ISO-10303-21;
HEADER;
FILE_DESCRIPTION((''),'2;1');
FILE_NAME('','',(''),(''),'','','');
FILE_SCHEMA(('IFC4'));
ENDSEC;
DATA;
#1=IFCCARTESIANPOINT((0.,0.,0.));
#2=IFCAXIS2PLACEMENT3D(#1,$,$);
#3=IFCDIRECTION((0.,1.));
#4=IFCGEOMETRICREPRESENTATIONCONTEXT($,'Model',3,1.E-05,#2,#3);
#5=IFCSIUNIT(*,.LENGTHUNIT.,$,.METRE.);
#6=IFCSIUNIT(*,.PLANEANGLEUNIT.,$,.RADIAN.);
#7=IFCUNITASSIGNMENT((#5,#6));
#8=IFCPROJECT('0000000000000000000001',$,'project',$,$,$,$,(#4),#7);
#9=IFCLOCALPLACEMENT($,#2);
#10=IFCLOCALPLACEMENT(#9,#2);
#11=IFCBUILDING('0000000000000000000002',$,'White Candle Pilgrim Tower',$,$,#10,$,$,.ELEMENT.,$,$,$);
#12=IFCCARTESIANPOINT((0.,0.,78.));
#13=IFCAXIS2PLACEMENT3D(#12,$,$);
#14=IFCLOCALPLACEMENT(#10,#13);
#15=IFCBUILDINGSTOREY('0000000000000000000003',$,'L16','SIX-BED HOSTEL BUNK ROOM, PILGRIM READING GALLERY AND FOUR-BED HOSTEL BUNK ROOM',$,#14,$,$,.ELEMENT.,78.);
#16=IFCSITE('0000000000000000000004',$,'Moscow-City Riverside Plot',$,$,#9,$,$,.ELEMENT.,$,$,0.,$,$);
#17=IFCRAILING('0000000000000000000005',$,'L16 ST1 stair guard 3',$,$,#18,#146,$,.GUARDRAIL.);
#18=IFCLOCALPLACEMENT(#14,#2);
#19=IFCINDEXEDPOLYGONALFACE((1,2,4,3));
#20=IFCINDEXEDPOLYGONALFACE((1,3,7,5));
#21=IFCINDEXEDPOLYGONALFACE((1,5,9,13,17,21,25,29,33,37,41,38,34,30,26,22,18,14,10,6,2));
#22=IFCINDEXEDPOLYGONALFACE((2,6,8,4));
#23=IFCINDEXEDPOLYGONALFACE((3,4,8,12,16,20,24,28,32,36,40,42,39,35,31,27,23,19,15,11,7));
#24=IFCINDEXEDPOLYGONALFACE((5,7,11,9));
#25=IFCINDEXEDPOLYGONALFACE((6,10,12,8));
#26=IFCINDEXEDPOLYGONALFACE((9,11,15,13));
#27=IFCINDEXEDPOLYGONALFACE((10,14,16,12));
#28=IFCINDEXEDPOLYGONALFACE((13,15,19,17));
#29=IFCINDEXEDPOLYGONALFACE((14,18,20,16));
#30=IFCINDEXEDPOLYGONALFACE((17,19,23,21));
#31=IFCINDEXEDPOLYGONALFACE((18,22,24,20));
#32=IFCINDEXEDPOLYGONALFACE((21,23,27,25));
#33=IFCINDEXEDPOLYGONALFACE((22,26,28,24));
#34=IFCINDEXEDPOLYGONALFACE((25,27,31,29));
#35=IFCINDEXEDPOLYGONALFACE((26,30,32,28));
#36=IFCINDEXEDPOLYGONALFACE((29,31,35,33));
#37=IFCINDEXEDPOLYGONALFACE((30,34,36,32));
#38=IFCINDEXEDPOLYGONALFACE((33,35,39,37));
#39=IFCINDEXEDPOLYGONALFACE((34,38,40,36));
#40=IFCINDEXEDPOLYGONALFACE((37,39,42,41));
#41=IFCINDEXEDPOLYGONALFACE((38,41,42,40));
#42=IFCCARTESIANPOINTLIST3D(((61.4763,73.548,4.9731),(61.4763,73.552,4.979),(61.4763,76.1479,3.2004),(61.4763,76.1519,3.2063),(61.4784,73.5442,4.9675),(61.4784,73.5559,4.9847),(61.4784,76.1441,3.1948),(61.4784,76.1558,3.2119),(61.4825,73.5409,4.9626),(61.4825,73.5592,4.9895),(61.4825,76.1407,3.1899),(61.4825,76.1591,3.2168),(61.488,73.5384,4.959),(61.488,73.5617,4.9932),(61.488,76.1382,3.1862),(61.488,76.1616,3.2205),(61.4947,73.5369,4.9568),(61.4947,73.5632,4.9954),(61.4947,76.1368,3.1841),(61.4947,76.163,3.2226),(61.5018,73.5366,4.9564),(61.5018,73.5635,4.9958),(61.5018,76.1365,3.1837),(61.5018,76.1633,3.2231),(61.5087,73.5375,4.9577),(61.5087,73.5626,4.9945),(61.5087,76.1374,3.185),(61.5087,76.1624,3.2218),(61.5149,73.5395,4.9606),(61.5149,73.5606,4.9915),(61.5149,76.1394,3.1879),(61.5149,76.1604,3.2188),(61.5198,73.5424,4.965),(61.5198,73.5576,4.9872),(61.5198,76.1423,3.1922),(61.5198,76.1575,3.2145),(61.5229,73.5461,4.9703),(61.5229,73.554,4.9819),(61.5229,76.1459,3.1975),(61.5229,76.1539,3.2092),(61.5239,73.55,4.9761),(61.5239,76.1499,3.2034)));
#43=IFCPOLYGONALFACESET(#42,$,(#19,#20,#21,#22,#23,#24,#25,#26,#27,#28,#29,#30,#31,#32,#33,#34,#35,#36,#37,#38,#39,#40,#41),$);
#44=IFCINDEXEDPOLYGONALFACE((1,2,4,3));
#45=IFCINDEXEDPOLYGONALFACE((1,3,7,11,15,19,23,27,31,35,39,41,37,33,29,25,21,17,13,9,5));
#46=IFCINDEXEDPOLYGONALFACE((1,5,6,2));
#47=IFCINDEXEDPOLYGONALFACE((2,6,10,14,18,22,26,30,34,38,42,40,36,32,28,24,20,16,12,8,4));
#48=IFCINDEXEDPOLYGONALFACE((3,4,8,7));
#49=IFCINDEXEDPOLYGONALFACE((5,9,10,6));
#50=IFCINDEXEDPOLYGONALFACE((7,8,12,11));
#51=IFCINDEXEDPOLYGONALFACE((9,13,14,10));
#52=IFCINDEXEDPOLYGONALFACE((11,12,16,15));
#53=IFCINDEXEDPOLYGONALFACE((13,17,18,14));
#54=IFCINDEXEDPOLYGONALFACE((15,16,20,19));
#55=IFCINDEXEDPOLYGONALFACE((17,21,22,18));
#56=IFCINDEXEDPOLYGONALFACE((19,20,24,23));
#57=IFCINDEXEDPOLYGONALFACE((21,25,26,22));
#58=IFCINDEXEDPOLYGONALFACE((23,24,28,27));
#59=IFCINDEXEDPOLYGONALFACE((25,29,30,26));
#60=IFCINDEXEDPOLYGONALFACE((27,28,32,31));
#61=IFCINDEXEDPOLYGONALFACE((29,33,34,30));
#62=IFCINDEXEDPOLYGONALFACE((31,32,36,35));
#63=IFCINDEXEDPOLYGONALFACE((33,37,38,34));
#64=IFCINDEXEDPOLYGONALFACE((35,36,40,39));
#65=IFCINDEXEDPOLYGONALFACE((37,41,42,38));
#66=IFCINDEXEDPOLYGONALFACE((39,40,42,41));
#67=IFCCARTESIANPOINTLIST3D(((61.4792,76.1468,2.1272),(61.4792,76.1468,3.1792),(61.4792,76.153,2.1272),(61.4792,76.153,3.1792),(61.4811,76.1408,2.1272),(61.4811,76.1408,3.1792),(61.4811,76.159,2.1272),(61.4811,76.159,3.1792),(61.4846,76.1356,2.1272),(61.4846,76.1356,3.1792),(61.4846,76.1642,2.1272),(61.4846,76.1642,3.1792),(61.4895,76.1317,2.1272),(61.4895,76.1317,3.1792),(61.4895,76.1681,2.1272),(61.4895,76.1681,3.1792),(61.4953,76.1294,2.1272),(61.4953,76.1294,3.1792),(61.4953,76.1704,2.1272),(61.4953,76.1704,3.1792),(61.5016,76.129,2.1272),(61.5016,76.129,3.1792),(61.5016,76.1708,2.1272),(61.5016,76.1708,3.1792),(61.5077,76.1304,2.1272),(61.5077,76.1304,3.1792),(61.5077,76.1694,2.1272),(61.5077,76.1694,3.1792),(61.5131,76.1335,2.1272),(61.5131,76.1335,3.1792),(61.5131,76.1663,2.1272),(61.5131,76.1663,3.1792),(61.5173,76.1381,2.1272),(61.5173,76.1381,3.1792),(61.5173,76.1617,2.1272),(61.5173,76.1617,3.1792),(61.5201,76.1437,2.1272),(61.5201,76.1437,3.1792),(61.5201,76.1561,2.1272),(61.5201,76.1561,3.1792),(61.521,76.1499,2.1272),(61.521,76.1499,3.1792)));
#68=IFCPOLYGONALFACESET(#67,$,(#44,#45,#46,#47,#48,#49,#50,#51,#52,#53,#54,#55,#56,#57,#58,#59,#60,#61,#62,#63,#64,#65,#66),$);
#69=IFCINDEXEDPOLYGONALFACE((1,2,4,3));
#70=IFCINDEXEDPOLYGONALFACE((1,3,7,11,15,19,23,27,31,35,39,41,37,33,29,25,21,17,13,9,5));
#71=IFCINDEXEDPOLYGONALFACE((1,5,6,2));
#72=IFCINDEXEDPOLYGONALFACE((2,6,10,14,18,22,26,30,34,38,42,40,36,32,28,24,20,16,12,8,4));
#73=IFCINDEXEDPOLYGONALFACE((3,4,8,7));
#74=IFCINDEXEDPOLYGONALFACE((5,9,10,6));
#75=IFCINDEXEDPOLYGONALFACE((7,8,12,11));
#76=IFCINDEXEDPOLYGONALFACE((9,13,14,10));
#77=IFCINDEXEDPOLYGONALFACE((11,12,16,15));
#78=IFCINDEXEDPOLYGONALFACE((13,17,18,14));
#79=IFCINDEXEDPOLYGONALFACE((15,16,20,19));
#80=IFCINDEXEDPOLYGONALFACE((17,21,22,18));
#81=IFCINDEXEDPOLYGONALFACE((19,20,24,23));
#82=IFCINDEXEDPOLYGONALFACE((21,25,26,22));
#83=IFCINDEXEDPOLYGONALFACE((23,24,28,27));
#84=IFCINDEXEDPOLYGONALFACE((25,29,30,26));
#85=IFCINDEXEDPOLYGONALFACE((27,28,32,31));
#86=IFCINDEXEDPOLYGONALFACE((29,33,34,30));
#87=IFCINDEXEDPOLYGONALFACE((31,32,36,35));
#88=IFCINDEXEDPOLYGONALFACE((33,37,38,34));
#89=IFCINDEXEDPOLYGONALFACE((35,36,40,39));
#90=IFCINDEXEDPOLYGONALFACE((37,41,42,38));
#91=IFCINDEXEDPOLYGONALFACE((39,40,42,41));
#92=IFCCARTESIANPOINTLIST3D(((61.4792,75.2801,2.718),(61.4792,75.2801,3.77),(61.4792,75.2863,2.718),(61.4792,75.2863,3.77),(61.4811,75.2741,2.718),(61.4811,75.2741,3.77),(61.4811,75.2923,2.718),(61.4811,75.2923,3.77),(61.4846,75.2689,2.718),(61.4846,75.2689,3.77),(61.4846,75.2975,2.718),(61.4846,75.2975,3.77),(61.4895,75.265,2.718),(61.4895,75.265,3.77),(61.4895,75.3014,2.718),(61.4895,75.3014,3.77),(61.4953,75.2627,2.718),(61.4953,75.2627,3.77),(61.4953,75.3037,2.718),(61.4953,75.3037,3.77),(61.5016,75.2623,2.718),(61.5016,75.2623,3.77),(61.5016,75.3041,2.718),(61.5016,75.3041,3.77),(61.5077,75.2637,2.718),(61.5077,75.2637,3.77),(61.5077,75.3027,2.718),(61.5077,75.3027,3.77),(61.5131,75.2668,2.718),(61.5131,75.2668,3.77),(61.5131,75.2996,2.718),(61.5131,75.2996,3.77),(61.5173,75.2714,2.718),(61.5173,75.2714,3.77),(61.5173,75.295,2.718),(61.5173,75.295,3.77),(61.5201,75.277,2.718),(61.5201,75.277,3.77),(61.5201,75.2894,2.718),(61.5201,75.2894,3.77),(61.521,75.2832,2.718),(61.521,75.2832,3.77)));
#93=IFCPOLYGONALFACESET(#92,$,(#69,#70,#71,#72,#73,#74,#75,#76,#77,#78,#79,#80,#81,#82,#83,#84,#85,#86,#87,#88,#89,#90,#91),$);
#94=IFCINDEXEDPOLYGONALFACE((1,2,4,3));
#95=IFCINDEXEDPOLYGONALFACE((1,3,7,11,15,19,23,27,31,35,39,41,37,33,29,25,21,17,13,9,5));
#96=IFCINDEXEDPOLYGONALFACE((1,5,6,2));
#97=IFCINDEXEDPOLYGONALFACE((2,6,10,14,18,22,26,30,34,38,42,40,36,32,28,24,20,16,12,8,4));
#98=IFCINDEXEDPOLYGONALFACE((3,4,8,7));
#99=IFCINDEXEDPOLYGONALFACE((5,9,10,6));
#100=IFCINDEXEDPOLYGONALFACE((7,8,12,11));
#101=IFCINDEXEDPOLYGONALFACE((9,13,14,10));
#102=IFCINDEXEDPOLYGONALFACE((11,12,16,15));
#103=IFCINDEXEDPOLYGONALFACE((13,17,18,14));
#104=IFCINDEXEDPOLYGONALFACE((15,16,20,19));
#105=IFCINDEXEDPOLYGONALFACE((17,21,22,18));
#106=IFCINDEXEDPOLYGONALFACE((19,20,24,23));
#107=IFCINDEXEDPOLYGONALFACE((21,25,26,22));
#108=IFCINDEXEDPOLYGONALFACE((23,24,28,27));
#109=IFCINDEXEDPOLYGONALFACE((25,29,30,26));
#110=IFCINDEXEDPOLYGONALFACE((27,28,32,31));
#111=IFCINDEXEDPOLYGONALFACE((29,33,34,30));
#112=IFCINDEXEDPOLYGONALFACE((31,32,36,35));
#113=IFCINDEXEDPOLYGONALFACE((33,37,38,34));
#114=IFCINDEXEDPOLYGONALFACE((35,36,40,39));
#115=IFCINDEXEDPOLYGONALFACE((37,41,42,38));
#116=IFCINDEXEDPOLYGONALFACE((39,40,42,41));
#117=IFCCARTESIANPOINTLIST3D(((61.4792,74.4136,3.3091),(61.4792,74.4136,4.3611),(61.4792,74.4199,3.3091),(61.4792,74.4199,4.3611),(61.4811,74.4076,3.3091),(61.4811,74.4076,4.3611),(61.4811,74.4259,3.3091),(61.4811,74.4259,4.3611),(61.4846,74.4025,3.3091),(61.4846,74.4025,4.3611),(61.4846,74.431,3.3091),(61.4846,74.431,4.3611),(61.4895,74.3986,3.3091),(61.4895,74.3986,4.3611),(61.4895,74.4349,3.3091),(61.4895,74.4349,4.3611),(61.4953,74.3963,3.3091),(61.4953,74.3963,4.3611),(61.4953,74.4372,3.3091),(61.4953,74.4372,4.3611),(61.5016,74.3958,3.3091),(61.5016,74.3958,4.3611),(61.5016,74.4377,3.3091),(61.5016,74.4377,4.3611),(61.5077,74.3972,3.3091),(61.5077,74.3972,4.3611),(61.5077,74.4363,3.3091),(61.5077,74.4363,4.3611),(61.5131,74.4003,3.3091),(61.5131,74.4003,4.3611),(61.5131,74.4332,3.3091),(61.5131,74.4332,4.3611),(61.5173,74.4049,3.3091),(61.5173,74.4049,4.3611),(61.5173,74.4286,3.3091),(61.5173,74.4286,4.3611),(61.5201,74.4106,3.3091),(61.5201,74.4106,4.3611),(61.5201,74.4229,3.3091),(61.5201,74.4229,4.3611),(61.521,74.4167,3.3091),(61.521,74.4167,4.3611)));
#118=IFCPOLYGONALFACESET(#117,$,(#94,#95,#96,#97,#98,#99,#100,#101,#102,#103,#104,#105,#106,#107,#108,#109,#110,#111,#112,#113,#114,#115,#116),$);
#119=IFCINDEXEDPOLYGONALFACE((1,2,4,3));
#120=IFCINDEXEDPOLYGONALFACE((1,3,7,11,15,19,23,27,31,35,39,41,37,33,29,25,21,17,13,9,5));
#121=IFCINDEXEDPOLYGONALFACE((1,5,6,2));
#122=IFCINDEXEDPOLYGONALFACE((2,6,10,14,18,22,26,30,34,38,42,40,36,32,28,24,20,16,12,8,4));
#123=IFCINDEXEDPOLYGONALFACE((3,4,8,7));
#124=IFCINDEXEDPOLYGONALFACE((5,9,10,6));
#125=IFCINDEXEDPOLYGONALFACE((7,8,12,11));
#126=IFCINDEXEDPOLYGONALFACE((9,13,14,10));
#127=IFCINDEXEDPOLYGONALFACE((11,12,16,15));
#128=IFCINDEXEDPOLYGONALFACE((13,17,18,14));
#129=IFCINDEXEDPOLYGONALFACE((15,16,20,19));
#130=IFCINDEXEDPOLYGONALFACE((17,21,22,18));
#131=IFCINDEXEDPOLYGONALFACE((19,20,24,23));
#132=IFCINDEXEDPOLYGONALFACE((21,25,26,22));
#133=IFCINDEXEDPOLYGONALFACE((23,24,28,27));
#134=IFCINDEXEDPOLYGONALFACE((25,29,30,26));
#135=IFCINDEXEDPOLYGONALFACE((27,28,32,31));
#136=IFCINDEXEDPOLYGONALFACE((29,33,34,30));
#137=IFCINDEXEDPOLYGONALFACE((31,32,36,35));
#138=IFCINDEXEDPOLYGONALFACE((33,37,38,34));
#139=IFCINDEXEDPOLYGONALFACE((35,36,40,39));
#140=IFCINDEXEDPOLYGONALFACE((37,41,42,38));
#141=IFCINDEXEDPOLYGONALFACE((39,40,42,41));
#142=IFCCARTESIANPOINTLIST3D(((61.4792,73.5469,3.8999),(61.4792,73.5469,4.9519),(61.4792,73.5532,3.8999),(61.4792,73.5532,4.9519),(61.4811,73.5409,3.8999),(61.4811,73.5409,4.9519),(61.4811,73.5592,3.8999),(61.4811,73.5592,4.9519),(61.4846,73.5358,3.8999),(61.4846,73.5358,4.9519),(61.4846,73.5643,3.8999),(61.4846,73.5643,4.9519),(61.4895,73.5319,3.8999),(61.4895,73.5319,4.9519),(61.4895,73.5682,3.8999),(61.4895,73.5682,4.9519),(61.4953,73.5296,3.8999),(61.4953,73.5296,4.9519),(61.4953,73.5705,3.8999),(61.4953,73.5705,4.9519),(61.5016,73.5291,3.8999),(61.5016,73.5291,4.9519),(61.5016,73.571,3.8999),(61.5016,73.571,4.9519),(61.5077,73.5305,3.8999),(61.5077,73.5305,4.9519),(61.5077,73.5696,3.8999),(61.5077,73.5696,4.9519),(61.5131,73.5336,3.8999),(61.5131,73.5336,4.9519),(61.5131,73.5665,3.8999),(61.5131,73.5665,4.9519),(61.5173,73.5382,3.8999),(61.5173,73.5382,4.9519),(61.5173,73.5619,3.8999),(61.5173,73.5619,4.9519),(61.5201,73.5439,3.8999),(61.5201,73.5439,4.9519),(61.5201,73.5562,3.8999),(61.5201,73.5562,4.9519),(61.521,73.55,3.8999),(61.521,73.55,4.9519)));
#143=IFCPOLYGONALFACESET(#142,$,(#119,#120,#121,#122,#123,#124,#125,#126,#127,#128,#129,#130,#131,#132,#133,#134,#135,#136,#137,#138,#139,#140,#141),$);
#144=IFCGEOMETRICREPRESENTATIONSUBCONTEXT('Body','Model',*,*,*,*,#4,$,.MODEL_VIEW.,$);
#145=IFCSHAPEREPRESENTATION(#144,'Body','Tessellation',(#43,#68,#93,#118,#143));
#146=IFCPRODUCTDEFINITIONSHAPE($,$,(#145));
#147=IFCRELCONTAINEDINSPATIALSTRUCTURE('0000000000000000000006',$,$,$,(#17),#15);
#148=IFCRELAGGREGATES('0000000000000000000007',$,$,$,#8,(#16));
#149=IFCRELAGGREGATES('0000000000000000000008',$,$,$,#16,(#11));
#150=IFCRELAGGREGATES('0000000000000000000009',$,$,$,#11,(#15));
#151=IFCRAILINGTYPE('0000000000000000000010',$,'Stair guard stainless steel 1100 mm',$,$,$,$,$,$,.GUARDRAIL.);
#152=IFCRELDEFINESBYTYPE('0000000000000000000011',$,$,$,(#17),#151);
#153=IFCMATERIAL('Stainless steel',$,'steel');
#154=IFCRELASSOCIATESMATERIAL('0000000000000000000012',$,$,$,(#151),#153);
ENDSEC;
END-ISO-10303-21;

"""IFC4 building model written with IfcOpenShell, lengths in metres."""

from ifc_helpers import new_model, si_unit, direction, frame, origin, origin_2d, place, context, subcontext, project, spatial, circle, extrude, material, type_object, element, save


model = new_model("IFC4")

# Units and contexts
model_context = context("Model", 3, precision=1e-05, world=origin(), true_north=direction((0.0, 1.0)))
body_context = subcontext(model_context, "Body", "Model", "MODEL_VIEW")
ifc_project = project(units=[si_unit("LENGTHUNIT", "METRE"), si_unit("PLANEANGLEUNIT", "RADIAN")], contexts=[model_context])

# Site, building, storey
site_placement = place(None, origin())
site = spatial("IfcSite", under=ifc_project, at=site_placement, Name="Moscow-City Riverside Plot", CompositionType="ELEMENT", RefElevation=0.0)
building_placement = place(site_placement, origin())
building = spatial("IfcBuilding", under=site, at=building_placement, Name="White Candle Pilgrim Tower", CompositionType="ELEMENT")
storey_placement = place(building_placement, frame((0.0, 0.0, 78.0)))
storey = spatial("IfcBuildingStorey", under=building, at=storey_placement, Name="L16", Description="SIX-BED HOSTEL BUNK ROOM, PILGRIM READING GALLERY AND FOUR-BED HOSTEL BUNK ROOM", CompositionType="ELEMENT", Elevation=78.0)

# Railing
ifc_material_1 = material(Name="Stainless steel", Category="steel")
railing_type_1 = type_object("IfcRailingType", Name="Stair guard stainless steel 1100 mm", PredefinedType="GUARDRAIL", material=ifc_material_1)
railing_1_placement = place(storey_placement, frame((61.5, 76.1499, 2.1272)))
element("IfcRailing", 1, at=railing_1_placement, inside=storey, type_object=railing_type_1, Name="L16 ST1 stair guard 3", PredefinedType="GUARDRAIL", context=body_context, shape_type="SweptSolid", body=[
    extrude(circle(Radius=0.0239, at=origin_2d()), frame((0.0, 0.0, 1.0762), z_axis=(0.0, -0.826216, 0.563354), x_axis=(1.0, 0.0, 0.0)), (0.0, 0.0, 1.0), 3.1467),
    extrude(circle(Radius=0.021, at=origin_2d()), origin(), (0.0, 0.0, 1.0), 1.052),
    extrude(circle(Radius=0.021, at=origin_2d()), frame((0.0, -0.8667, 0.5908)), (0.0, 0.0, 1.0), 1.052),
    extrude(circle(Radius=0.021, at=origin_2d()), frame((0.0, -1.7332, 1.1819)), (0.0, 0.0, 1.0), 1.052),
    extrude(circle(Radius=0.021, at=origin_2d()), frame((0.0, -2.5999, 1.7727)), (0.0, 0.0, 1.0), 1.052),
])

save(model, "model.ifc")
